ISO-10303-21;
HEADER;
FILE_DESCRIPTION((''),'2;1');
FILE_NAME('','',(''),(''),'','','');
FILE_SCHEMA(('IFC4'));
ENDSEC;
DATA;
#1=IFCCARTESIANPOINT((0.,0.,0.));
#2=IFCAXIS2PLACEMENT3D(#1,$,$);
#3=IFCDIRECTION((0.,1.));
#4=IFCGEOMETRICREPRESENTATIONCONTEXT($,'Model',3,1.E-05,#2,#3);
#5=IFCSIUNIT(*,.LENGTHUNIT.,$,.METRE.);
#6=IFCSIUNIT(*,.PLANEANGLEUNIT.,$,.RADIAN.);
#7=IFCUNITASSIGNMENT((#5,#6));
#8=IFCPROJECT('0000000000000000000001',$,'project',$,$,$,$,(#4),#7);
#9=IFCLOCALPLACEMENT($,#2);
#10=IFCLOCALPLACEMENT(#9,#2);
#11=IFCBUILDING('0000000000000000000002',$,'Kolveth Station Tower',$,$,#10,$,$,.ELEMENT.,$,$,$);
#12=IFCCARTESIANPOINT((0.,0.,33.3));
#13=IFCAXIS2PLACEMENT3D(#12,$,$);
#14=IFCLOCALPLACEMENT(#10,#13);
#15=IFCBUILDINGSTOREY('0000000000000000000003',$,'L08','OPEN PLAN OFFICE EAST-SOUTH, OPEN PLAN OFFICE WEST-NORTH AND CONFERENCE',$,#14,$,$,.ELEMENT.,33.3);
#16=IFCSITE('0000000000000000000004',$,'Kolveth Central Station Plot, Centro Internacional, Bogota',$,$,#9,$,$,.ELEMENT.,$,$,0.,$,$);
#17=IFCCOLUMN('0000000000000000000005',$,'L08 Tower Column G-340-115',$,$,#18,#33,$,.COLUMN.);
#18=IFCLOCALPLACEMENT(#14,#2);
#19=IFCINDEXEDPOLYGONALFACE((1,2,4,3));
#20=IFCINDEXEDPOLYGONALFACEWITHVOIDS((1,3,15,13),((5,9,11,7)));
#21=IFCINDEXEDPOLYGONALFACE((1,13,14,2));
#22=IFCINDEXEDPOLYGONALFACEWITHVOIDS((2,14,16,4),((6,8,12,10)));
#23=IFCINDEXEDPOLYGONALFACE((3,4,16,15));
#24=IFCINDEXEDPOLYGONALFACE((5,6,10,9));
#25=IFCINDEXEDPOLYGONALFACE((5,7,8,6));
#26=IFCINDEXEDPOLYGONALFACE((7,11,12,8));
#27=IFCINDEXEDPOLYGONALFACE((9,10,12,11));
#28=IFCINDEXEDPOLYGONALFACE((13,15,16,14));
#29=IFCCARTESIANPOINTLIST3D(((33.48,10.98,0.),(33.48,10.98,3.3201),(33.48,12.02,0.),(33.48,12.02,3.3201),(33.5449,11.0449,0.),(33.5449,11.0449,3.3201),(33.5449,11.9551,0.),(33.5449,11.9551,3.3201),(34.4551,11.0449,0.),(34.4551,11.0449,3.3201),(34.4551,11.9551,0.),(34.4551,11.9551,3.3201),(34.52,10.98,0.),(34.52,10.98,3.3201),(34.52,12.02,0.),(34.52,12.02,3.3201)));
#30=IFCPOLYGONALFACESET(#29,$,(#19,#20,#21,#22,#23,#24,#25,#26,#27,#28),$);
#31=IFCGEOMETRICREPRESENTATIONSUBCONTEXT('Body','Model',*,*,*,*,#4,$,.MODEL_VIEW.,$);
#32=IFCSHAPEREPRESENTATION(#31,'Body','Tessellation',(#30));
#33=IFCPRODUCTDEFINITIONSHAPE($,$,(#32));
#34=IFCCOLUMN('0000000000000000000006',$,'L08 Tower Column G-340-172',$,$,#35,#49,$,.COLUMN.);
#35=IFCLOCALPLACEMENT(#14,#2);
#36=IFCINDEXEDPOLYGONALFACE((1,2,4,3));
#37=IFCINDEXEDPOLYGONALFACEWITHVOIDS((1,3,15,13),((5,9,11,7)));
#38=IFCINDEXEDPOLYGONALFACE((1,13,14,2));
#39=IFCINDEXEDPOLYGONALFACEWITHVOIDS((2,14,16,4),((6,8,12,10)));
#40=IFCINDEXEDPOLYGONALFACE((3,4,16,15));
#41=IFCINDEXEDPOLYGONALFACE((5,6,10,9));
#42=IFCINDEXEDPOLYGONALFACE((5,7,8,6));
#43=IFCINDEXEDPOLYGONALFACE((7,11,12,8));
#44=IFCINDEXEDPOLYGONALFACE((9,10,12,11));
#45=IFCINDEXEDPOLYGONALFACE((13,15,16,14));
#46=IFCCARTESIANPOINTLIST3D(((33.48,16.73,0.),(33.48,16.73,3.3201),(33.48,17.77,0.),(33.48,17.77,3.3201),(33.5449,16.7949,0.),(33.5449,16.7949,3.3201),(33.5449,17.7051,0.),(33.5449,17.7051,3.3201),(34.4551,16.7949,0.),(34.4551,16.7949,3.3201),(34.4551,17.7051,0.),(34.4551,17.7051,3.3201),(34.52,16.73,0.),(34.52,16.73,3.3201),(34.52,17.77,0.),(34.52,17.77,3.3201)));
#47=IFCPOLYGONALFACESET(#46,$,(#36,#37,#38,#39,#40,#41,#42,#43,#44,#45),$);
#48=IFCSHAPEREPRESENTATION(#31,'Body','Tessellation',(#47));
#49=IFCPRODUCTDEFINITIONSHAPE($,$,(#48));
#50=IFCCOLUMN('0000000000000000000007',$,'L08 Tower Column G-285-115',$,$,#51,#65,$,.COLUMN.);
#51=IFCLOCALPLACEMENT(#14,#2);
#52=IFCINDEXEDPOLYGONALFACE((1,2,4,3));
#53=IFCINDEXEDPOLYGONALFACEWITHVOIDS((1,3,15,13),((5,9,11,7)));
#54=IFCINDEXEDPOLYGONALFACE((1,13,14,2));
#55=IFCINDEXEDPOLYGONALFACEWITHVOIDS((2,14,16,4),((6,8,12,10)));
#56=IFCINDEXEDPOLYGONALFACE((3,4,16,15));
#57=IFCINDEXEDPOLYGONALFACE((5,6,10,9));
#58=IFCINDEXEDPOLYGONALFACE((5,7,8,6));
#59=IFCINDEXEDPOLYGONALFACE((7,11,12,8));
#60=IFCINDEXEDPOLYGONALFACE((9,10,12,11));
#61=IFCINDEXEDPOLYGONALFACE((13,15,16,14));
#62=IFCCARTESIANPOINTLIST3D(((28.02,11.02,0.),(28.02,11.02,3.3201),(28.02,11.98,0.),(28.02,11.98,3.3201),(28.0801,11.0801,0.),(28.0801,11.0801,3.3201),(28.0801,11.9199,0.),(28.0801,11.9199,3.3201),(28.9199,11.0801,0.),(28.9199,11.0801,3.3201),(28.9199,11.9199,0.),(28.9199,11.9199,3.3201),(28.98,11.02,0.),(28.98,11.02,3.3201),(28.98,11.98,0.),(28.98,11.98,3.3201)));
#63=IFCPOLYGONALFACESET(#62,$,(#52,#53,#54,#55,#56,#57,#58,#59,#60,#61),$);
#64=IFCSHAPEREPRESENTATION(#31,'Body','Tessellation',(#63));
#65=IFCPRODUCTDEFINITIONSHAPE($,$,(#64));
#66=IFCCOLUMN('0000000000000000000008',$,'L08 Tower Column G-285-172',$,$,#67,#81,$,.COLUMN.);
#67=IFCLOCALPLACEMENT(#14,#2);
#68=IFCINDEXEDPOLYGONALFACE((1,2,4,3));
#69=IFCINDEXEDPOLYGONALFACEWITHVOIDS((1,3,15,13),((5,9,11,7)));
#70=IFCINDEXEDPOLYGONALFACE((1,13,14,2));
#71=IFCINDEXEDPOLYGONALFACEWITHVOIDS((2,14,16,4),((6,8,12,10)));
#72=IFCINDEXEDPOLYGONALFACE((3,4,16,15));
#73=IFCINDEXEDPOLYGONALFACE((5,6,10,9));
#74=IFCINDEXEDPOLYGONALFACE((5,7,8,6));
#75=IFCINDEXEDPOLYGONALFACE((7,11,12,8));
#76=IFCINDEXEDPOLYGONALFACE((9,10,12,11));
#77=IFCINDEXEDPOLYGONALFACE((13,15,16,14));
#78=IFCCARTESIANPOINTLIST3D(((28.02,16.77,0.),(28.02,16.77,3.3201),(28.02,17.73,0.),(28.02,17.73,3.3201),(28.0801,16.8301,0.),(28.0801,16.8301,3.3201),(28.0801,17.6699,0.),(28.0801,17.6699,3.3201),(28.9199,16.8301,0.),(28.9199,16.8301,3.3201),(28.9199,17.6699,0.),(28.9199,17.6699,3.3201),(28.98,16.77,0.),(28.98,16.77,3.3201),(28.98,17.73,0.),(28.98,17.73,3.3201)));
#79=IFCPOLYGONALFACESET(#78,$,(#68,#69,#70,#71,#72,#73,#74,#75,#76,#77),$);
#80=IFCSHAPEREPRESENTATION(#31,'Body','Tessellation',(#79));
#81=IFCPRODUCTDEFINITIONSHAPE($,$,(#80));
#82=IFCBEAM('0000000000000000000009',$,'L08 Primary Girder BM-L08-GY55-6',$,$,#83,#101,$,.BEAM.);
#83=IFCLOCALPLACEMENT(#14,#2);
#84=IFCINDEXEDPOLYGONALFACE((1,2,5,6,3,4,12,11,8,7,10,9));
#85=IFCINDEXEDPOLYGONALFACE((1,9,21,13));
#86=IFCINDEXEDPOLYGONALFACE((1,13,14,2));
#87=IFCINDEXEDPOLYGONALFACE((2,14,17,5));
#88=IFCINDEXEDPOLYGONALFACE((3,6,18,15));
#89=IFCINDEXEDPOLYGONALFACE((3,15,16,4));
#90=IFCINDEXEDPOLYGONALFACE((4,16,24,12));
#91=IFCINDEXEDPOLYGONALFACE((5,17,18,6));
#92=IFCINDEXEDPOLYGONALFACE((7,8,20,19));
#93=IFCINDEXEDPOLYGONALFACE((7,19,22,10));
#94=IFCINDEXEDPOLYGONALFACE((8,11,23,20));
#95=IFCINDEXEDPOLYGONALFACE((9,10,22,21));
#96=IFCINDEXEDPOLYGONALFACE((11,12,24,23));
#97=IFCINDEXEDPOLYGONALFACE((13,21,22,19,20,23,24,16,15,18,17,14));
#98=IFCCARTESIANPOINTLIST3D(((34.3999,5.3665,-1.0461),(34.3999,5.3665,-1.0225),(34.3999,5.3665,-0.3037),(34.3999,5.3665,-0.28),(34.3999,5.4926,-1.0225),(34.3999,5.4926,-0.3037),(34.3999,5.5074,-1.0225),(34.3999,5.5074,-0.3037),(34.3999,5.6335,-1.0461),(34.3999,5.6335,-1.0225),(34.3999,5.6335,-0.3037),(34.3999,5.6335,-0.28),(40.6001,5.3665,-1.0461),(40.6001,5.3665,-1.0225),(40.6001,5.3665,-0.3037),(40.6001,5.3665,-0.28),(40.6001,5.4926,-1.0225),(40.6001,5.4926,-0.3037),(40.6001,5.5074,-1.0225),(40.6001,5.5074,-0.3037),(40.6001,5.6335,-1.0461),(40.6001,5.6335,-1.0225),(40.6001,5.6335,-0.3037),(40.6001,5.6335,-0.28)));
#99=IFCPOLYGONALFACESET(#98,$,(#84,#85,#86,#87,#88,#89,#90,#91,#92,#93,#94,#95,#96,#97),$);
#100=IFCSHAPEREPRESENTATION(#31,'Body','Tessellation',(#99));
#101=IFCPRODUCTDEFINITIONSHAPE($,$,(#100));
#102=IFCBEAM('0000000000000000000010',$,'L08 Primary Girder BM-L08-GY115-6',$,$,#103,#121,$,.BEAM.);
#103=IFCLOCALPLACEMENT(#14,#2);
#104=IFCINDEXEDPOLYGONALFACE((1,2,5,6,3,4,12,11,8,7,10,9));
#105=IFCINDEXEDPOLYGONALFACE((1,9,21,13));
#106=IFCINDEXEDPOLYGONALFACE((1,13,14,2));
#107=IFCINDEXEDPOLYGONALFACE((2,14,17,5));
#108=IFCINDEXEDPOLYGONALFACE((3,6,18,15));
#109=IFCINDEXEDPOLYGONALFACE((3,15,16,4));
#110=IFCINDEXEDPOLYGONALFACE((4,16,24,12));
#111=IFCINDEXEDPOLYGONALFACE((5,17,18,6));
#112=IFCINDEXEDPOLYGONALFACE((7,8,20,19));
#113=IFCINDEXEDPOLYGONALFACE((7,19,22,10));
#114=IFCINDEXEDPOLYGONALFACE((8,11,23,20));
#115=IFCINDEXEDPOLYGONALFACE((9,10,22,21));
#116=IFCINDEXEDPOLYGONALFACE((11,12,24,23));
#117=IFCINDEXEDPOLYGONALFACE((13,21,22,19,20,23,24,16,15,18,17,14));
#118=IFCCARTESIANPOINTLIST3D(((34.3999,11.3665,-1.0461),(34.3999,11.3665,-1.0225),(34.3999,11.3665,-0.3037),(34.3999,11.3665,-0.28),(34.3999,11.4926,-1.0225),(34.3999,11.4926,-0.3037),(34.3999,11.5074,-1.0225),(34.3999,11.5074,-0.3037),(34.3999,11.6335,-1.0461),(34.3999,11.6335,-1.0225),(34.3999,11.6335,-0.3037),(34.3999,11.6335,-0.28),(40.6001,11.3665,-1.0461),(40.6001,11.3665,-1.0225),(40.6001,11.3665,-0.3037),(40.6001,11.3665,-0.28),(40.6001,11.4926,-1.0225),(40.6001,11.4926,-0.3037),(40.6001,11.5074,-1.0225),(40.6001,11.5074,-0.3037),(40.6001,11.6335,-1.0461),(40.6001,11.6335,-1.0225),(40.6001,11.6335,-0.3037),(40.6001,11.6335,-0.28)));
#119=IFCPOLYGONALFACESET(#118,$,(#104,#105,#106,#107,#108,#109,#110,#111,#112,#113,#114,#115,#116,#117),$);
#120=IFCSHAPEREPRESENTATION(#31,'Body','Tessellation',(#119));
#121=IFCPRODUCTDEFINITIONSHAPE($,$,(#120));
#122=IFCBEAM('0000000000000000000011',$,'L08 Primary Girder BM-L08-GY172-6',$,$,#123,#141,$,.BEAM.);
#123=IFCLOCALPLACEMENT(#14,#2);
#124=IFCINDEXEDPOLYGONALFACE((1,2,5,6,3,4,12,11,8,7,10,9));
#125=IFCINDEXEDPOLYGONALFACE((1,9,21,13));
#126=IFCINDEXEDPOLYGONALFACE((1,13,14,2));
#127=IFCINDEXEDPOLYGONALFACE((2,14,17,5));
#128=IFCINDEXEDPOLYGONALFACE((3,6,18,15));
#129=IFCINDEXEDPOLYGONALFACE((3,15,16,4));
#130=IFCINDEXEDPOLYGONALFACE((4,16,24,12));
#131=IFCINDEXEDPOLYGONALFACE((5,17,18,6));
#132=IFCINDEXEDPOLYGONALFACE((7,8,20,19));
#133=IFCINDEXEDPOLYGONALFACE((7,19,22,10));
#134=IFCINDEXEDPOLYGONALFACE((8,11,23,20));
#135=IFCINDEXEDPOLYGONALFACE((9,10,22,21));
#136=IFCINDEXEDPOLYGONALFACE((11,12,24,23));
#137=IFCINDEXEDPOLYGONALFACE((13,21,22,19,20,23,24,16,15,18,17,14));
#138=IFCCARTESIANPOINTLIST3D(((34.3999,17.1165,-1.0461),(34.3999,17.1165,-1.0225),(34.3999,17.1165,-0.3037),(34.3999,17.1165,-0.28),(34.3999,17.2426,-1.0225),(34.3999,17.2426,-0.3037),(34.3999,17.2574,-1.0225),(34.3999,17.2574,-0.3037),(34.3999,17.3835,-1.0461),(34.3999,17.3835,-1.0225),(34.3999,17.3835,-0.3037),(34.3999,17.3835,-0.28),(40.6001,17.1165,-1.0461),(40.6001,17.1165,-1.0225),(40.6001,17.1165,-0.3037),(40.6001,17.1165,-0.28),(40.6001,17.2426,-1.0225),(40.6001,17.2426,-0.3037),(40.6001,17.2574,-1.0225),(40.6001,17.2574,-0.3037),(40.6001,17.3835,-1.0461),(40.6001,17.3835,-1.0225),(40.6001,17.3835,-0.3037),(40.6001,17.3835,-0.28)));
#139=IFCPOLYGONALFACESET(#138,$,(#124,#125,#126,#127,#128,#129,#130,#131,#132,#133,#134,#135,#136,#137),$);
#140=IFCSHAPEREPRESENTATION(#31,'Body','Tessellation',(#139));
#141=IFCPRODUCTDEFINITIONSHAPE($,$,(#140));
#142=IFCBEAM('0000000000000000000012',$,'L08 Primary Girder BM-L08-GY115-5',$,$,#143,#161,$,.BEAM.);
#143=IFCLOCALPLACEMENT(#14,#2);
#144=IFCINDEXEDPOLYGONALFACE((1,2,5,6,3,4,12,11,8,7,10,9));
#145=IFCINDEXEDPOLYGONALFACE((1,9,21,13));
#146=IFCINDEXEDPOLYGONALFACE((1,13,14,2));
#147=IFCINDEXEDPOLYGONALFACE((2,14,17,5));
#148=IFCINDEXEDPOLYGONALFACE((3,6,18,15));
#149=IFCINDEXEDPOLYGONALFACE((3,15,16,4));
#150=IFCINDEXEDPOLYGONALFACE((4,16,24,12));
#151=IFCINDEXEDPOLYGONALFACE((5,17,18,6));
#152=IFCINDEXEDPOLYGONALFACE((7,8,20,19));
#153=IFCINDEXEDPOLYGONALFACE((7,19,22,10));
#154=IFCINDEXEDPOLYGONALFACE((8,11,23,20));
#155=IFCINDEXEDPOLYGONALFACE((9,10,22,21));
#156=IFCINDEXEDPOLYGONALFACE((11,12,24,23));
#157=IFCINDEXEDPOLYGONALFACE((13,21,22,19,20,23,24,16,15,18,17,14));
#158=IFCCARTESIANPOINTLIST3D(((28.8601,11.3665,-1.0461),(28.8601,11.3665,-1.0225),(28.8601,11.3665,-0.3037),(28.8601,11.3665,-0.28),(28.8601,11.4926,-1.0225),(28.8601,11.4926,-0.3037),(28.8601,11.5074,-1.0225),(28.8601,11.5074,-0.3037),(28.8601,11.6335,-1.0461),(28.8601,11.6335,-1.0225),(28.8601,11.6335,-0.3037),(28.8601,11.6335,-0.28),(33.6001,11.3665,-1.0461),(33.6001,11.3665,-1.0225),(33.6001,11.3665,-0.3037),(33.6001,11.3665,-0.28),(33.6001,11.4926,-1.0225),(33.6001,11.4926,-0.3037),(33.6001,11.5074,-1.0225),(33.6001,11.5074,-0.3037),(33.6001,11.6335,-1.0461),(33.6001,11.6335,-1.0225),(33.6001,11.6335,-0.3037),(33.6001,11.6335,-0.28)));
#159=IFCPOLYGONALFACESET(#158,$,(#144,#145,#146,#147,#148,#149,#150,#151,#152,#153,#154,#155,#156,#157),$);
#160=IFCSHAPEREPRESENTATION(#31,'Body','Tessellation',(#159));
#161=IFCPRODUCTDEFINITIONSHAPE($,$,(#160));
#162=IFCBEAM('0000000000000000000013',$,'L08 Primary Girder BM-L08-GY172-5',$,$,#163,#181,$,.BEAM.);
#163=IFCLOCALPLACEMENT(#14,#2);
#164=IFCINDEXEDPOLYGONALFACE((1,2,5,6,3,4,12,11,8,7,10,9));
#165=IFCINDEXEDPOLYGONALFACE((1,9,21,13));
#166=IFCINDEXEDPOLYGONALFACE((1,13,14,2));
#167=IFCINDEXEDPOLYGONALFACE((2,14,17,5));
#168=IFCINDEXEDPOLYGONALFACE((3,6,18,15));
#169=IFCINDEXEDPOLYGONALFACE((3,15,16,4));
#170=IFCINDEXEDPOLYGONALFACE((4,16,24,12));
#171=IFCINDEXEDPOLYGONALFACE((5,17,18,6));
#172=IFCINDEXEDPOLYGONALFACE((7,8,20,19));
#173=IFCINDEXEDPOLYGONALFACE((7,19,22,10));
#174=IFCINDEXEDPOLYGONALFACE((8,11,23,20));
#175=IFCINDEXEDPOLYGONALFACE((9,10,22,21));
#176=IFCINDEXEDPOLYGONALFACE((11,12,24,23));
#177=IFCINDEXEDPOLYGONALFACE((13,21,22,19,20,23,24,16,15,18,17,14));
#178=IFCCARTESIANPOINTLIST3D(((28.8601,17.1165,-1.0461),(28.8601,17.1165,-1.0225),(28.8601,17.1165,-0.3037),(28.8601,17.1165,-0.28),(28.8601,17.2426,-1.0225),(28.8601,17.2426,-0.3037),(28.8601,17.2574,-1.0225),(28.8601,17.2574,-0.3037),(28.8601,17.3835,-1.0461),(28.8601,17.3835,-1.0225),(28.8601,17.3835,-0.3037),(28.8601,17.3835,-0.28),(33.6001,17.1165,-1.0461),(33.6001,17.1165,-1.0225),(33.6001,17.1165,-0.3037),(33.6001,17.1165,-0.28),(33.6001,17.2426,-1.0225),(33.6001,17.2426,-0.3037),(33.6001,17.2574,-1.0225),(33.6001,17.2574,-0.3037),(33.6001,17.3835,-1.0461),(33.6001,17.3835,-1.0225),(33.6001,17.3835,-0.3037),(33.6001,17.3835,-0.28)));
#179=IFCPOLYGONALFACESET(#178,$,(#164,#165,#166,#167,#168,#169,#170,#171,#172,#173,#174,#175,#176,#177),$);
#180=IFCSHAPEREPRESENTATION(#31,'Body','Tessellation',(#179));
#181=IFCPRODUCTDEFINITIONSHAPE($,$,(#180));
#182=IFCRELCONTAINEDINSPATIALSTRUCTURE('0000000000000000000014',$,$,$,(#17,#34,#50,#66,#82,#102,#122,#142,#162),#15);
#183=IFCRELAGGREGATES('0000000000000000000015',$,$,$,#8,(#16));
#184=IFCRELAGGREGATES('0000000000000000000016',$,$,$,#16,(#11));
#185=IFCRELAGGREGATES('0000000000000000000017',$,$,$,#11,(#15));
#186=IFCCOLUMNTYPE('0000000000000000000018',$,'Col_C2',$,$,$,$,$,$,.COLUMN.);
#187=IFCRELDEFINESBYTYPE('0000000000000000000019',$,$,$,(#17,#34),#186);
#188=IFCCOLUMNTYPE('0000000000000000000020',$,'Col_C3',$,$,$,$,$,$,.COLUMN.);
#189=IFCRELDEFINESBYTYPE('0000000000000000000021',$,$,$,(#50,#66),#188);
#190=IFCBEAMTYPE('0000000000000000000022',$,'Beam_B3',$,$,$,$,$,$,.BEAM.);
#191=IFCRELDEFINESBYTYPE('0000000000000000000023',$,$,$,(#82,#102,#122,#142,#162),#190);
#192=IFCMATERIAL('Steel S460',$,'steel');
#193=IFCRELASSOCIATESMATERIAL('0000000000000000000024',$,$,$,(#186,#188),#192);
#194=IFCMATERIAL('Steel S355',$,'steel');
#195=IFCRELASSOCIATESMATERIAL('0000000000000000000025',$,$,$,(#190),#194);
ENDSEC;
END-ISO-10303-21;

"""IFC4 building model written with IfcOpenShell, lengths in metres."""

from ifc_helpers import new_model, si_unit, direction, frame, origin, origin_2d, place, context, subcontext, project, spatial, hollow_rectangle, i_section, extrude, source, transform, mapped, material, material_profile, profile_set, type_object, element, save


model = new_model("IFC4")

# Units and contexts
model_context = context("Model", 3, precision=1e-05, world=origin(), true_north=direction((0.0, 1.0)))
body_context = subcontext(model_context, "Body", "Model", "MODEL_VIEW")
ifc_project = project(units=[si_unit("LENGTHUNIT", "METRE"), si_unit("PLANEANGLEUNIT", "RADIAN")], contexts=[model_context])

# Site, building, storey
site_placement = place(None, origin())
site = spatial("IfcSite", under=ifc_project, at=site_placement, Name="Kolveth Central Station Plot, Centro Internacional, Bogota", CompositionType="ELEMENT", RefElevation=0.0)
building_placement = place(site_placement, origin())
building = spatial("IfcBuilding", under=site, at=building_placement, Name="Kolveth Station Tower", CompositionType="ELEMENT")
storey_placement = place(building_placement, frame((0.0, 0.0, 33.3)))
storey = spatial("IfcBuildingStorey", under=building, at=storey_placement, Name="L08", Description="OPEN PLAN OFFICE EAST-SOUTH, OPEN PLAN OFFICE WEST-NORTH AND CONFERENCE", CompositionType="ELEMENT", Elevation=33.3)

# Columns
ifc_material_1 = material(Name="Steel S460", Category="steel")
ifc_material_profile_1 = material_profile(ifc_material_1, hollow_rectangle(XDim=1.04, YDim=1.04, WallThickness=0.0649, at=origin_2d()), Name="BOX1040x1040x65")
ifc_profile_set_1 = profile_set([ifc_material_profile_1], Name="Steel S460")
column_type_1 = type_object("IfcColumnType", Name="Col_C2", PredefinedType="COLUMN", material=ifc_profile_set_1)
shared_shape_1 = source(origin(), body_context, "Body", "SweptSolid", [
    extrude(hollow_rectangle(XDim=1.04, YDim=1.04, WallThickness=0.0649, at=origin_2d()), origin(), (0.0, 0.0, 1.0), 3.3201),
])
for number, where, z_axis, x_axis, name in (
    (1, (34.0, 11.5, 0.0), (0.0, 0.0, 1.0), (1.0, 0.0, 0.0), "L08 Tower Column G-340-115"),
    (2, (34.0, 17.25, 0.0), (0.0, 0.0, 1.0), (1.0, 0.0, 0.0), "L08 Tower Column G-340-172"),
):
    element("IfcColumn", number, at=place(storey_placement, frame(where, z_axis=z_axis, x_axis=x_axis)), inside=storey, type_object=column_type_1, Name=name, PredefinedType="COLUMN", context=body_context, shape_type="MappedRepresentation", body=[
        mapped(shared_shape_1, transform((0.0, 0.0, 0.0), x_axis=(1.0, 0.0, 0.0), y_axis=(0.0, 1.0, 0.0), z_axis=(0.0, 0.0, 1.0), scale=1.0)),
    ])
ifc_material_profile_2 = material_profile(ifc_material_1, hollow_rectangle(XDim=0.96, YDim=0.96, WallThickness=0.0601, at=origin_2d()), Name="BOX960x960x60")
ifc_profile_set_2 = profile_set([ifc_material_profile_2], Name="Steel S460")
column_type_2 = type_object("IfcColumnType", Name="Col_C3", PredefinedType="COLUMN", material=ifc_profile_set_2)
shared_shape_2 = source(origin(), body_context, "Body", "SweptSolid", [
    extrude(hollow_rectangle(XDim=0.96, YDim=0.96, WallThickness=0.0601, at=origin_2d()), origin(), (0.0, 0.0, 1.0), 3.3201),
])
for number, where, z_axis, x_axis, name in (
    (3, (28.5, 11.5, 0.0), (0.0, 0.0, 1.0), (1.0, 0.0, 0.0), "L08 Tower Column G-285-115"),
    (4, (28.5, 17.25, 0.0), (0.0, 0.0, 1.0), (1.0, 0.0, 0.0), "L08 Tower Column G-285-172"),
):
    element("IfcColumn", number, at=place(storey_placement, frame(where, z_axis=z_axis, x_axis=x_axis)), inside=storey, type_object=column_type_2, Name=name, PredefinedType="COLUMN", context=body_context, shape_type="MappedRepresentation", body=[
        mapped(shared_shape_2, transform((0.0, 0.0, 0.0), x_axis=(1.0, 0.0, 0.0), y_axis=(0.0, 1.0, 0.0), z_axis=(0.0, 0.0, 1.0), scale=1.0)),
    ])

# Beams
ifc_material_2 = material(Name="Steel S355", Category="steel")
ifc_material_profile_3 = material_profile(ifc_material_2, i_section(OverallWidth=0.2671, OverallDepth=0.7661, WebThickness=0.0149, FlangeThickness=0.0237, at=origin_2d()), Name="W760x185")
ifc_profile_set_3 = profile_set([ifc_material_profile_3], Name="Steel S355")
beam_type_1 = type_object("IfcBeamType", Name="Beam_B3", PredefinedType="BEAM", material=ifc_profile_set_3)
shared_shape_3 = source(origin(), body_context, "Body", "SweptSolid", [
    extrude(i_section(OverallWidth=0.2671, OverallDepth=0.7661, WebThickness=0.0149, FlangeThickness=0.0237, at=origin_2d()), origin(), (0.0, 0.0, 1.0), 6.2002),
])
for number, where, z_axis, x_axis, name in (
    (5, (34.3999, 5.5, -0.6631), (1.0, 0.0, 0.0), (0.0, 1.0, 0.0), "L08 Primary Girder BM-L08-GY55-6"),
    (6, (34.3999, 11.5, -0.6631), (1.0, 0.0, 0.0), (0.0, 1.0, 0.0), "L08 Primary Girder BM-L08-GY115-6"),
    (7, (34.3999, 17.25, -0.6631), (1.0, 0.0, 0.0), (0.0, 1.0, 0.0), "L08 Primary Girder BM-L08-GY172-6"),
):
    element("IfcBeam", number, at=place(storey_placement, frame(where, z_axis=z_axis, x_axis=x_axis)), inside=storey, type_object=beam_type_1, Name=name, PredefinedType="BEAM", context=body_context, shape_type="MappedRepresentation", body=[
        mapped(shared_shape_3, transform((0.0, 0.0, 0.0), x_axis=(1.0, 0.0, 0.0), y_axis=(0.0, 1.0, 0.0), z_axis=(0.0, 0.0, 1.0), scale=1.0)),
    ])
shared_shape_4 = source(origin(), body_context, "Body", "SweptSolid", [
    extrude(i_section(OverallWidth=0.2671, OverallDepth=0.7661, WebThickness=0.0149, FlangeThickness=0.0237, at=origin_2d()), origin(), (0.0, 0.0, 1.0), 4.74),
])
for number, where, z_axis, x_axis, name in (
    (8, (28.8601, 11.5, -0.6631), (1.0, 0.0, 0.0), (0.0, 1.0, 0.0), "L08 Primary Girder BM-L08-GY115-5"),
    (9, (28.8601, 17.25, -0.6631), (1.0, 0.0, 0.0), (0.0, 1.0, 0.0), "L08 Primary Girder BM-L08-GY172-5"),
):
    element("IfcBeam", number, at=place(storey_placement, frame(where, z_axis=z_axis, x_axis=x_axis)), inside=storey, type_object=beam_type_1, Name=name, PredefinedType="BEAM", context=body_context, shape_type="MappedRepresentation", body=[
        mapped(shared_shape_4, transform((0.0, 0.0, 0.0), x_axis=(1.0, 0.0, 0.0), y_axis=(0.0, 1.0, 0.0), z_axis=(0.0, 0.0, 1.0), scale=1.0)),
    ])

save(model, "model.ifc")
